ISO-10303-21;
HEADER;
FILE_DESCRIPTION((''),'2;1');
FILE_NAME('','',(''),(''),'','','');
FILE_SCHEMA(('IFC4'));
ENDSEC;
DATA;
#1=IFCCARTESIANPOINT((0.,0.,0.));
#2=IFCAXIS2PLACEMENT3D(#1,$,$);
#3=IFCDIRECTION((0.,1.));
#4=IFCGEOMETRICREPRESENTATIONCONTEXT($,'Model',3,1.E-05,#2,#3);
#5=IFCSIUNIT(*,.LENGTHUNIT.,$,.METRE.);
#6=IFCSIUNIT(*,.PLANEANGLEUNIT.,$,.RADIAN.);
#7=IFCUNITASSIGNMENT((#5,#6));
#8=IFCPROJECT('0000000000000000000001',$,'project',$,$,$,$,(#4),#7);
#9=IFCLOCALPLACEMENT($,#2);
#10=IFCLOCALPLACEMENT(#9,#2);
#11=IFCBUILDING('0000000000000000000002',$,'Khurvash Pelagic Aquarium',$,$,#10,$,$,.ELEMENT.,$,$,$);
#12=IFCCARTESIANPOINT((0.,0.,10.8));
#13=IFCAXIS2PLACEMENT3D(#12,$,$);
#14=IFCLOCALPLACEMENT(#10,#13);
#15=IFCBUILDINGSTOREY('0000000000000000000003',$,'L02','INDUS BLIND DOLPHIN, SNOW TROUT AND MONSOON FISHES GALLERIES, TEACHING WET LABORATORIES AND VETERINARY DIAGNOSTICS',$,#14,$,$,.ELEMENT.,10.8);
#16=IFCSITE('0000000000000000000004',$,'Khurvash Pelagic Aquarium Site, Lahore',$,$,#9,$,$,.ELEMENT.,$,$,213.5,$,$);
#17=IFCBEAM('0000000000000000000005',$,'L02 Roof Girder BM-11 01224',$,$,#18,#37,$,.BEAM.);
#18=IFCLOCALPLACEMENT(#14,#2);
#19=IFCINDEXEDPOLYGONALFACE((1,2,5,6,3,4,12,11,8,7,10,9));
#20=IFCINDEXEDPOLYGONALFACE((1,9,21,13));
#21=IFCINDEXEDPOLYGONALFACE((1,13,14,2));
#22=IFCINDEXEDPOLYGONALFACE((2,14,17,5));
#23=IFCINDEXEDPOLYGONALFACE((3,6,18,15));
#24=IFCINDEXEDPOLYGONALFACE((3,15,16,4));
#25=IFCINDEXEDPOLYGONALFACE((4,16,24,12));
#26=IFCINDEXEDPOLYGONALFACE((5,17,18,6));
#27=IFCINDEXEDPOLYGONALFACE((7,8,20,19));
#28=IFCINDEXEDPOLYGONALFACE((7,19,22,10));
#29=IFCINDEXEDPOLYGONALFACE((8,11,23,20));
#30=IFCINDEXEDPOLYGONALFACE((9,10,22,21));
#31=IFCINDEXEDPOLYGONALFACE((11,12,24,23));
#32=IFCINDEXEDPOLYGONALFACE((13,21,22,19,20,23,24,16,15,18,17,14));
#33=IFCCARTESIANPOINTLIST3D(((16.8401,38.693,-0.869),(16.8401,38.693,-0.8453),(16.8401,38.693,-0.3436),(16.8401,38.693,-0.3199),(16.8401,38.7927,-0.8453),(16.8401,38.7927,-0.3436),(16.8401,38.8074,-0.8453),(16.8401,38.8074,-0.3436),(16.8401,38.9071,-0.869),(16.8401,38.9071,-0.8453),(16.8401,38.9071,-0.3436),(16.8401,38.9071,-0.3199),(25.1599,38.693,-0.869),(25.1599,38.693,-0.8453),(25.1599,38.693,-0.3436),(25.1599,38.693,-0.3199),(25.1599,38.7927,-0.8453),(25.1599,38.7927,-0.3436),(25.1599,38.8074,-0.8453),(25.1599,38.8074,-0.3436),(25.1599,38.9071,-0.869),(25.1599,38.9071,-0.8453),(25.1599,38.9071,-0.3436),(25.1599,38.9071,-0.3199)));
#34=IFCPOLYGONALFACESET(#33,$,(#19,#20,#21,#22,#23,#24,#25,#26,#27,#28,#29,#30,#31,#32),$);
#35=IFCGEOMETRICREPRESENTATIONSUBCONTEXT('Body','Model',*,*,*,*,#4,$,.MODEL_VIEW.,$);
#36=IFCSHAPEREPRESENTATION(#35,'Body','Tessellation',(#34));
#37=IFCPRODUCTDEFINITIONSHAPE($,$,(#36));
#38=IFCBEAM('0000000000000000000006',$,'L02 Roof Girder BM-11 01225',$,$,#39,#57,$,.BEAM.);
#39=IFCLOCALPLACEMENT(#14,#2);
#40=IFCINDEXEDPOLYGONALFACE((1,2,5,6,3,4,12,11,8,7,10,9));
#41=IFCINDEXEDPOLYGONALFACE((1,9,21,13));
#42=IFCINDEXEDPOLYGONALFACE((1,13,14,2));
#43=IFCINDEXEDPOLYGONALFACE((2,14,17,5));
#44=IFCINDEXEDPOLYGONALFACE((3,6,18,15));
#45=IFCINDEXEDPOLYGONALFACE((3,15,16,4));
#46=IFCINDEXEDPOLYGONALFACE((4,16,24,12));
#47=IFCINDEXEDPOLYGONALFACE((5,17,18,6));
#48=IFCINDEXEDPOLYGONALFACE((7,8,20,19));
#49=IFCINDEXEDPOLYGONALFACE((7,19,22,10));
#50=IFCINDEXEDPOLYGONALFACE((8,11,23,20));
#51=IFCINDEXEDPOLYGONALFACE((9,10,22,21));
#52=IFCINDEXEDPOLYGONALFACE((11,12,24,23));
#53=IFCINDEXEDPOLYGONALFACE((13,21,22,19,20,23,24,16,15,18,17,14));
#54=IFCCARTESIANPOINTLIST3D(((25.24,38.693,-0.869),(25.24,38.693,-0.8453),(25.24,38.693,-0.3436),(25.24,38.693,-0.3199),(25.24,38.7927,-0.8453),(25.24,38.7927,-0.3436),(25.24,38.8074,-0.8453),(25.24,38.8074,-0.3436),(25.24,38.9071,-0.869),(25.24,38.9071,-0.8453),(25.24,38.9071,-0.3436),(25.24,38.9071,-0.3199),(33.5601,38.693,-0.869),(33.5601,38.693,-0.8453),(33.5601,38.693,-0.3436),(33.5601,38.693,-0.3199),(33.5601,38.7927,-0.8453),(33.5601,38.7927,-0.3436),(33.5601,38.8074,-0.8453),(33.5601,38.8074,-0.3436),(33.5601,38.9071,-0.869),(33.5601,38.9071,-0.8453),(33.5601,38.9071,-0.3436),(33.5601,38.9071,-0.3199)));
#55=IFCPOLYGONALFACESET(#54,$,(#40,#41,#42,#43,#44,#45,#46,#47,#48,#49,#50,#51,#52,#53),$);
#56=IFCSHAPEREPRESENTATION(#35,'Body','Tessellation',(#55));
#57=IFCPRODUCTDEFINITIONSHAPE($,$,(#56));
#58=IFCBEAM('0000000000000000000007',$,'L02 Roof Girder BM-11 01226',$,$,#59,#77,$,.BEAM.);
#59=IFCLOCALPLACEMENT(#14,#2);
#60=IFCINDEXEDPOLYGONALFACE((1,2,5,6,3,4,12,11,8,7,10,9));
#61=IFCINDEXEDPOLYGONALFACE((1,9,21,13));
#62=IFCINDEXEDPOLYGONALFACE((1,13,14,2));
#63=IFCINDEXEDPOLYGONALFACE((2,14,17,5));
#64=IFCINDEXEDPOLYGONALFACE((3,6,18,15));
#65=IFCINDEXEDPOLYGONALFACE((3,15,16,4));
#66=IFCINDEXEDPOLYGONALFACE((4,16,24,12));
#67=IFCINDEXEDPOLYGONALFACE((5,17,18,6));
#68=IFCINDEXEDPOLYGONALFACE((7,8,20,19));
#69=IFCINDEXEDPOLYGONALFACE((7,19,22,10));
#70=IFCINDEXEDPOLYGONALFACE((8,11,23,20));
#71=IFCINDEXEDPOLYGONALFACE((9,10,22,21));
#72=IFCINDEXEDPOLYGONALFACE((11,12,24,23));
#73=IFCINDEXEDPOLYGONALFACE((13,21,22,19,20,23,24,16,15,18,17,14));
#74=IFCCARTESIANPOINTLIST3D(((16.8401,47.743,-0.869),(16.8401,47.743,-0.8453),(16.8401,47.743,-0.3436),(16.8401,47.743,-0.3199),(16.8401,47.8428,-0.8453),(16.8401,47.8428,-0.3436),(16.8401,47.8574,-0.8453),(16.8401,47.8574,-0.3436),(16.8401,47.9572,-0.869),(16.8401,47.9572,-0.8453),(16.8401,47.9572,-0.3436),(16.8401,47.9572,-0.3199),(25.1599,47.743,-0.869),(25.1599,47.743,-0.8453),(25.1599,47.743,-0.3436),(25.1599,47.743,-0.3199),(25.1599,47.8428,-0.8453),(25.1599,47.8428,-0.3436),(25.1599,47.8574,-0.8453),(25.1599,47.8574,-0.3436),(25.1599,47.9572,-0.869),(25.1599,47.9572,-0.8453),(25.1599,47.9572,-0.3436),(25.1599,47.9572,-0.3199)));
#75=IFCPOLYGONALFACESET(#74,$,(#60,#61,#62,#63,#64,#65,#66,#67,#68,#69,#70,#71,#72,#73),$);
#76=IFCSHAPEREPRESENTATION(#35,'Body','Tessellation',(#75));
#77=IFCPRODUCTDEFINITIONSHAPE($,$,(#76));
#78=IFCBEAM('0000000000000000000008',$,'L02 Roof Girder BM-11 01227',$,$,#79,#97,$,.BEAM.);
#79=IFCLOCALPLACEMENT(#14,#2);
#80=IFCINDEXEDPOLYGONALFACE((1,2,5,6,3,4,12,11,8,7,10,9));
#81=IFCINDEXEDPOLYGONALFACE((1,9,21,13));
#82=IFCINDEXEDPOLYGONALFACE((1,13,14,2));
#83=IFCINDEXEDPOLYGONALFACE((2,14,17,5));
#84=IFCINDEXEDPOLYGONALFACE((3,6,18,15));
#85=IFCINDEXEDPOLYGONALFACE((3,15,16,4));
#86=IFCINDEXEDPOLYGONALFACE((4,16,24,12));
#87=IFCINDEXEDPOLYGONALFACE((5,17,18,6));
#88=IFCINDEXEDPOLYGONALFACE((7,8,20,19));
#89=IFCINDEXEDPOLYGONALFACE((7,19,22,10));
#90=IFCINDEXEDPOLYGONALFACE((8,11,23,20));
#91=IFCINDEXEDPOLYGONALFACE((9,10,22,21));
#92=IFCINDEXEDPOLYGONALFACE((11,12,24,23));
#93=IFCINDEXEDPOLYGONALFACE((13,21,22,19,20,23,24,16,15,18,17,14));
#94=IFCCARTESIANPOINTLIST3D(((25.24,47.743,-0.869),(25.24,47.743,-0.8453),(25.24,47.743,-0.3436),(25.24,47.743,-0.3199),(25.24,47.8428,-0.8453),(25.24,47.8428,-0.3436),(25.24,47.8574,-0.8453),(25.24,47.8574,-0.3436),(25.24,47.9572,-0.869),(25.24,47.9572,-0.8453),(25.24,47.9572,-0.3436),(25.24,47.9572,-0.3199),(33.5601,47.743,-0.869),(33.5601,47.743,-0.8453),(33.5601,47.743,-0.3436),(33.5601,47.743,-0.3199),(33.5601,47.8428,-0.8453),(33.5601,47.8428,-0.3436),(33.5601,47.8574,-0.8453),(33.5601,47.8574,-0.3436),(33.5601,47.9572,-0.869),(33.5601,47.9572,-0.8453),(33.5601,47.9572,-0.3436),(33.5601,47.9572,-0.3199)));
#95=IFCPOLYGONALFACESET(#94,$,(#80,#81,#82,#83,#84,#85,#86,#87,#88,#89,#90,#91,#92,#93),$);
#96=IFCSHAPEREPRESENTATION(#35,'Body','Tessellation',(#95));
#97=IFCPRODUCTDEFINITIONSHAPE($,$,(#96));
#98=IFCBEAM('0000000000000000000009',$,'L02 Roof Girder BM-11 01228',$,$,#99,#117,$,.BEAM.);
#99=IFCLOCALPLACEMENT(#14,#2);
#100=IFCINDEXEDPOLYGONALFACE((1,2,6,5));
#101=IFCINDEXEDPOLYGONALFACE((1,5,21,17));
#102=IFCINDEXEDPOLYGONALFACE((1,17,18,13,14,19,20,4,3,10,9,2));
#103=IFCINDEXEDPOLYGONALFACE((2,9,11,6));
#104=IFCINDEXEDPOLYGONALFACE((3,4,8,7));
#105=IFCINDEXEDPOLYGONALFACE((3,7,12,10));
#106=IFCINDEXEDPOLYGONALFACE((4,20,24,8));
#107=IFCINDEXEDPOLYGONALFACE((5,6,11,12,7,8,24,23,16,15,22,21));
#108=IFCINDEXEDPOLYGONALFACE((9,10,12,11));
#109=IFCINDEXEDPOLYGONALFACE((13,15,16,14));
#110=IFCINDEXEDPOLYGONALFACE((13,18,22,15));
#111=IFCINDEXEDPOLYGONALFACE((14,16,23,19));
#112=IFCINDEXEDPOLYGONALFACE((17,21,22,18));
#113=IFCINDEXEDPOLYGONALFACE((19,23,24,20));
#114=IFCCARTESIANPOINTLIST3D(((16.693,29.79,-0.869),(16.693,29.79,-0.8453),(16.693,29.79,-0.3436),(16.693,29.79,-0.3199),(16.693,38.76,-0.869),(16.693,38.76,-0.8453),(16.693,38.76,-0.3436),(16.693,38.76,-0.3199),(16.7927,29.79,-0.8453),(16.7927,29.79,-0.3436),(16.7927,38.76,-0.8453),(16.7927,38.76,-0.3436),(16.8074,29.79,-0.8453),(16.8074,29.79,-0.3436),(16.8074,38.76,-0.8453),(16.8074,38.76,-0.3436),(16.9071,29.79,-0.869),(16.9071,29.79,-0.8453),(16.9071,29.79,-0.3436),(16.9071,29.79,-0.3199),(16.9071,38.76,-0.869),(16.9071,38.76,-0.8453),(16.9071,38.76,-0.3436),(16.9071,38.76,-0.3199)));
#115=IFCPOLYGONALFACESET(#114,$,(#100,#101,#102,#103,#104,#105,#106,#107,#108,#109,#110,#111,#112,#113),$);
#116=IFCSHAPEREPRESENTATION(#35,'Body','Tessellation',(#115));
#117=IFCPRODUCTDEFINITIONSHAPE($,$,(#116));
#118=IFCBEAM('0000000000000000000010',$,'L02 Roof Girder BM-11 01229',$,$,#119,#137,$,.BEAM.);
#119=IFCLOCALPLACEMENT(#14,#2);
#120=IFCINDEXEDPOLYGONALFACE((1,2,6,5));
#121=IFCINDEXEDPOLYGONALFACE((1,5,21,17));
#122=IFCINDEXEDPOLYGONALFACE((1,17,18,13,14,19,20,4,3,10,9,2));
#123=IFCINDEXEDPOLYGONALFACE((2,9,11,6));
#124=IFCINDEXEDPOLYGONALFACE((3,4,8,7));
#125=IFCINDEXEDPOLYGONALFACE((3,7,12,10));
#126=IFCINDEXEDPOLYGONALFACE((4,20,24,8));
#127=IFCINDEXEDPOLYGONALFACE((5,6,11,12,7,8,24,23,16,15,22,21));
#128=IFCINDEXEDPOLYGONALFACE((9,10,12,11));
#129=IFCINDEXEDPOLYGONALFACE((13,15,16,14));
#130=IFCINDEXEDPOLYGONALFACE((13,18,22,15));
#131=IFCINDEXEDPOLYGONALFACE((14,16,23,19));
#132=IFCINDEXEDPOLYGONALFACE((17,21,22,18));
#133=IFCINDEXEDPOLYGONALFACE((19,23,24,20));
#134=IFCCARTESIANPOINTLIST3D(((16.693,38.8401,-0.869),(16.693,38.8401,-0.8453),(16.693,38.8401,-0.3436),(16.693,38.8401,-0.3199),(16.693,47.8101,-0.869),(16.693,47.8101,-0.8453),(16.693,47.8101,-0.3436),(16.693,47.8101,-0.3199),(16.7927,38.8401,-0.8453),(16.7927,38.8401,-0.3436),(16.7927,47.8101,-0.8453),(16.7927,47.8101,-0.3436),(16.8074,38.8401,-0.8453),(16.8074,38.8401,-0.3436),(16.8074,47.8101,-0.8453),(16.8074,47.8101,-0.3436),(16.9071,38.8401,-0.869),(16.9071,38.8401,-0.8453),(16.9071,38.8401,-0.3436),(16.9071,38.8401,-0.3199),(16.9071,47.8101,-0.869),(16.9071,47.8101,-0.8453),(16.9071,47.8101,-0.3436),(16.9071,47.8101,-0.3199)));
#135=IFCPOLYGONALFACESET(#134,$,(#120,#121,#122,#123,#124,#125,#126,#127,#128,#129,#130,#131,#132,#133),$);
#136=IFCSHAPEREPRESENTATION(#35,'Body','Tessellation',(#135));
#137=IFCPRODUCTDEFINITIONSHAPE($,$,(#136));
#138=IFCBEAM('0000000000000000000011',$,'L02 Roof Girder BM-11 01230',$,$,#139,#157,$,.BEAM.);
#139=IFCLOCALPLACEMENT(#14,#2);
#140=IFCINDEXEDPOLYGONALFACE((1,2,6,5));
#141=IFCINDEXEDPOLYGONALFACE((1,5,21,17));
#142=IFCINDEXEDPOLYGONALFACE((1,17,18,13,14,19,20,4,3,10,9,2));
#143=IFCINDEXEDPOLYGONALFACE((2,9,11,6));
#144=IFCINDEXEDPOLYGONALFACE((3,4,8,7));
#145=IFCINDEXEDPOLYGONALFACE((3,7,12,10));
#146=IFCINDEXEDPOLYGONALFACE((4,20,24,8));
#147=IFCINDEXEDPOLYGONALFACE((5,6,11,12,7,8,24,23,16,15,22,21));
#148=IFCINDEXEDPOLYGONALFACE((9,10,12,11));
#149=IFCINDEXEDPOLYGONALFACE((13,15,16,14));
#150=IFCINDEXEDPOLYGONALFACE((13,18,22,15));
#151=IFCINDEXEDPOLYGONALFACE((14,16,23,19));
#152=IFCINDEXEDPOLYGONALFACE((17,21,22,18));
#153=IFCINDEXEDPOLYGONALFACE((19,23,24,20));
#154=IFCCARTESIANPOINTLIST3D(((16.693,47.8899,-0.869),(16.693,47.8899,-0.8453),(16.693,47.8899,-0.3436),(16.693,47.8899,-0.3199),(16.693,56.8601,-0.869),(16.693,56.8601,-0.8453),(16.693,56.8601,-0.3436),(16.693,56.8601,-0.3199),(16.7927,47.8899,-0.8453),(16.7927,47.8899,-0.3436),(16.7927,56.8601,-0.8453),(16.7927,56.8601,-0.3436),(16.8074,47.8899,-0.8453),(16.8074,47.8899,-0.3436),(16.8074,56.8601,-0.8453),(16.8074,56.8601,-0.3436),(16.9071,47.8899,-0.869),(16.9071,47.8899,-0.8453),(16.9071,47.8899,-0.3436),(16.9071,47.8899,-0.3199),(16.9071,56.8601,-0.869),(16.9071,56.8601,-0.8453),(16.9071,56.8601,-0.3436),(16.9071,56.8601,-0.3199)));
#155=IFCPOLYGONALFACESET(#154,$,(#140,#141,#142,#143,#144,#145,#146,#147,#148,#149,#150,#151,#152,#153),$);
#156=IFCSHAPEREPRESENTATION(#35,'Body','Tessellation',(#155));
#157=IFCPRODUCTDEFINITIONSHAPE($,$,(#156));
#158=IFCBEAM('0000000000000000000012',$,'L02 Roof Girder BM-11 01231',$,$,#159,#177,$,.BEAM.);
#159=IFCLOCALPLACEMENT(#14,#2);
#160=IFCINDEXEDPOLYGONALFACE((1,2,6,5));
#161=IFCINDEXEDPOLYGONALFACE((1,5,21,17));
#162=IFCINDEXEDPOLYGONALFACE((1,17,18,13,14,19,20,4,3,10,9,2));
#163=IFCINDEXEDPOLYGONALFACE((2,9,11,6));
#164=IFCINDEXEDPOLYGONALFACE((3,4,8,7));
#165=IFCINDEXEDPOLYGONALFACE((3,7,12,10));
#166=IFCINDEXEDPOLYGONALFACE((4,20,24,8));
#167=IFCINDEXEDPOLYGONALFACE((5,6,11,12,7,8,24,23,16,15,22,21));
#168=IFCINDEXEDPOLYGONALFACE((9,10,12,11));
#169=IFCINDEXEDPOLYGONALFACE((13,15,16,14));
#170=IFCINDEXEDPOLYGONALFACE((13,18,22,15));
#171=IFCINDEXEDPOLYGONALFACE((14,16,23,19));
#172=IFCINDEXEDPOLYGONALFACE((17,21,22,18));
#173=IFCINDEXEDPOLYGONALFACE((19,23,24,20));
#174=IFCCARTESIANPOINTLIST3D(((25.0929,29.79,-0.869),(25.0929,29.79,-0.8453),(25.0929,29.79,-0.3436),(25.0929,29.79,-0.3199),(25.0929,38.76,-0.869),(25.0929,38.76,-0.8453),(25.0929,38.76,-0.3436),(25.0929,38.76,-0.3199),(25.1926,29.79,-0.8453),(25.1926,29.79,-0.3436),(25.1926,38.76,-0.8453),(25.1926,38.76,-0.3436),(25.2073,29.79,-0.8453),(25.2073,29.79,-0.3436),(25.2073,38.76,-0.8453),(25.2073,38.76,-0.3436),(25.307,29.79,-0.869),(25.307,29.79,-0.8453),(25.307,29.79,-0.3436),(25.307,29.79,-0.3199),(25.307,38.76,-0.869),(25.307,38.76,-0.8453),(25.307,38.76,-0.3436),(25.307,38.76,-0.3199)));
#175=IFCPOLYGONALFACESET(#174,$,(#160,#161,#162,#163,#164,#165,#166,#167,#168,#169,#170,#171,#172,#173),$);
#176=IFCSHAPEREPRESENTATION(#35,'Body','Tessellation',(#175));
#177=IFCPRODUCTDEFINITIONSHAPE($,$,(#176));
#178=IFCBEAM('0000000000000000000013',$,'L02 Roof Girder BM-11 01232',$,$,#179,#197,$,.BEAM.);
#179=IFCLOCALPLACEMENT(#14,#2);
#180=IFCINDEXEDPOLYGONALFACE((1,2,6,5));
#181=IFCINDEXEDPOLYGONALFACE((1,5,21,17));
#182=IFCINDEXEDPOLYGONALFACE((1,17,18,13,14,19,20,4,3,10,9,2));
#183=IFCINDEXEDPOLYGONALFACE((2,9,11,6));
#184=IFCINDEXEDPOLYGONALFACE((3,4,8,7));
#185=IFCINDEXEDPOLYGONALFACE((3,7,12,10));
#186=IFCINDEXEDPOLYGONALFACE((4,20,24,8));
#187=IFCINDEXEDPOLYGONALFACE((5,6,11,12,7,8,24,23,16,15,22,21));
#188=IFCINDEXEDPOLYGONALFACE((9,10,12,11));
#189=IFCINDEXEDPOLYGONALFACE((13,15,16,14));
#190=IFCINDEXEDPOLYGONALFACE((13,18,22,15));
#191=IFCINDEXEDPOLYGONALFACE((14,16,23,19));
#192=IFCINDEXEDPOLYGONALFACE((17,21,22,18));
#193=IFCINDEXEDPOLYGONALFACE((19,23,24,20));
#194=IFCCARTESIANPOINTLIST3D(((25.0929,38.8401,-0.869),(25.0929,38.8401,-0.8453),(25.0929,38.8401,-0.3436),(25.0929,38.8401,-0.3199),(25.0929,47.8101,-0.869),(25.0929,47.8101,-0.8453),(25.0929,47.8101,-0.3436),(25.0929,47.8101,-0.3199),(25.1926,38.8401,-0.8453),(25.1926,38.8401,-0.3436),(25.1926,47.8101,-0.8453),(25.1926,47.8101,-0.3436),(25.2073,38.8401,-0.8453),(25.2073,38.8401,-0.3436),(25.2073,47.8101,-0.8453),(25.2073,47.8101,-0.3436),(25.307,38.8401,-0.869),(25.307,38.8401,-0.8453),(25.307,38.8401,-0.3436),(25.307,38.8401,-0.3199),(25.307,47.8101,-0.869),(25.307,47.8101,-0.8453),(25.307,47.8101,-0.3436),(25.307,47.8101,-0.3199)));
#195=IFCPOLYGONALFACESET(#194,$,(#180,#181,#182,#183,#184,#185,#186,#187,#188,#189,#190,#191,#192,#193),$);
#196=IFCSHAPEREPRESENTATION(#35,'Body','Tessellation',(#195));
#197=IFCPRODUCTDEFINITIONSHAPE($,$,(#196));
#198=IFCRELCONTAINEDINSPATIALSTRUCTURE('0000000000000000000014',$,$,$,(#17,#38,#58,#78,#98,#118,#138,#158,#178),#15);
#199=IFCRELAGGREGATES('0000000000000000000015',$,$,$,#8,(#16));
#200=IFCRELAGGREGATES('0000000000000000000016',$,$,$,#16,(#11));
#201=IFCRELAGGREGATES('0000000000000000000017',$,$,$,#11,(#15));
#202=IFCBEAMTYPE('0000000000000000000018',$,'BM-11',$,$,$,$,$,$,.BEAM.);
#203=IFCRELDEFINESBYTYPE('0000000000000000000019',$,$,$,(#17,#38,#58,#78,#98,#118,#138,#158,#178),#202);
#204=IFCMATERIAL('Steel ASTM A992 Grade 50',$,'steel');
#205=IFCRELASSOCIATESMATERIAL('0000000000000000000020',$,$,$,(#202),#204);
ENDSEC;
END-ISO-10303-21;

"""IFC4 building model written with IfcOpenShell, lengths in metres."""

from ifc_helpers import new_model, si_unit, direction, frame, origin, origin_2d, place, context, subcontext, project, spatial, i_section, extrude, material, material_profile, profile_set, type_object, element, save


model = new_model("IFC4")

# Units and contexts
model_context = context("Model", 3, precision=1e-05, world=origin(), true_north=direction((0.0, 1.0)))
body_context = subcontext(model_context, "Body", "Model", "MODEL_VIEW")
ifc_project = project(units=[si_unit("LENGTHUNIT", "METRE"), si_unit("PLANEANGLEUNIT", "RADIAN")], contexts=[model_context])

# Site, building, storey
site_placement = place(None, origin())
site = spatial("IfcSite", under=ifc_project, at=site_placement, Name="Khurvash Pelagic Aquarium Site, Lahore", CompositionType="ELEMENT", RefElevation=213.5)
building_placement = place(site_placement, origin())
building = spatial("IfcBuilding", under=site, at=building_placement, Name="Khurvash Pelagic Aquarium", CompositionType="ELEMENT")
storey_placement = place(building_placement, frame((0.0, 0.0, 10.8)))
storey = spatial("IfcBuildingStorey", under=building, at=storey_placement, Name="L02", Description="INDUS BLIND DOLPHIN, SNOW TROUT AND MONSOON FISHES GALLERIES, TEACHING WET LABORATORIES AND VETERINARY DIAGNOSTICS", CompositionType="ELEMENT", Elevation=10.8)

# Beams
ifc_material_1 = material(Name="Steel ASTM A992 Grade 50", Category="steel")
ifc_material_profile_1 = material_profile(ifc_material_1, i_section(OverallWidth=0.2141, OverallDepth=0.5491, WebThickness=0.0146, FlangeThickness=0.0237, at=origin_2d()), Name="W21X93")
ifc_profile_set_1 = profile_set([ifc_material_profile_1], Name="Steel ASTM A992 Grade 50")
beam_type = type_object("IfcBeamType", Name="BM-11", PredefinedType="BEAM", material=ifc_profile_set_1)
beam_1_placement = place(storey_placement, frame((16.8401, 38.8, -0.5945), z_axis=(1.0, 0.0, 0.0), x_axis=(0.0, 1.0, 0.0)))
element("IfcBeam", 1, at=beam_1_placement, inside=storey, type_object=beam_type, Name="L02 Roof Girder BM-11 01224", PredefinedType="BEAM", context=body_context, shape_type="SweptSolid", body=[
    extrude(i_section(OverallWidth=0.2141, OverallDepth=0.5491, WebThickness=0.0146, FlangeThickness=0.0237, at=origin_2d()), origin(), (0.0, 0.0, 1.0), 8.3198),
])
beam_2_placement = place(storey_placement, frame((25.24, 38.8, -0.5945), z_axis=(1.0, 0.0, 0.0), x_axis=(0.0, 1.0, 0.0)))
element("IfcBeam", 2, at=beam_2_placement, inside=storey, type_object=beam_type, Name="L02 Roof Girder BM-11 01225", PredefinedType="BEAM", context=body_context, shape_type="SweptSolid", body=[
    extrude(i_section(OverallWidth=0.2141, OverallDepth=0.5491, WebThickness=0.0146, FlangeThickness=0.0237, at=origin_2d()), origin(), (0.0, 0.0, 1.0), 8.3201),
])
beam_3_placement = place(storey_placement, frame((16.8401, 47.8501, -0.5945), z_axis=(1.0, 0.0, 0.0), x_axis=(0.0, 1.0, 0.0)))
element("IfcBeam", 3, at=beam_3_placement, inside=storey, type_object=beam_type, Name="L02 Roof Girder BM-11 01226", PredefinedType="BEAM", context=body_context, shape_type="SweptSolid", body=[
    extrude(i_section(OverallWidth=0.2141, OverallDepth=0.5491, WebThickness=0.0146, FlangeThickness=0.0237, at=origin_2d()), origin(), (0.0, 0.0, 1.0), 8.3198),
])
beam_4_placement = place(storey_placement, frame((25.24, 47.8501, -0.5945), z_axis=(1.0, 0.0, 0.0), x_axis=(0.0, 1.0, 0.0)))
element("IfcBeam", 4, at=beam_4_placement, inside=storey, type_object=beam_type, Name="L02 Roof Girder BM-11 01227", PredefinedType="BEAM", context=body_context, shape_type="SweptSolid", body=[
    extrude(i_section(OverallWidth=0.2141, OverallDepth=0.5491, WebThickness=0.0146, FlangeThickness=0.0237, at=origin_2d()), origin(), (0.0, 0.0, 1.0), 8.3201),
])
for number, where, z_axis, x_axis, name in (
    (5, (16.8, 29.79, -0.5945), (0.0, 1.0, 0.0), (-1.0, 0.0, 0.0), "L02 Roof Girder BM-11 01228"),
    (6, (16.8, 38.8401, -0.5945), (0.0, 1.0, 0.0), (-1.0, 0.0, 0.0), "L02 Roof Girder BM-11 01229"),
):
    element("IfcBeam", number, at=place(storey_placement, frame(where, z_axis=z_axis, x_axis=x_axis)), inside=storey, type_object=beam_type, Name=name, PredefinedType="BEAM", context=body_context, shape_type="SweptSolid", body=[
        extrude(i_section(OverallWidth=0.2141, OverallDepth=0.5491, WebThickness=0.0146, FlangeThickness=0.0237, at=origin_2d()), origin(), (0.0, 0.0, 1.0), 8.97),
    ])
beam_5_placement = place(storey_placement, frame((16.8, 47.8899, -0.5945), z_axis=(0.0, 1.0, 0.0), x_axis=(-1.0, 0.0, 0.0)))
element("IfcBeam", 7, at=beam_5_placement, inside=storey, type_object=beam_type, Name="L02 Roof Girder BM-11 01230", PredefinedType="BEAM", context=body_context, shape_type="SweptSolid", body=[
    extrude(i_section(OverallWidth=0.2141, OverallDepth=0.5491, WebThickness=0.0146, FlangeThickness=0.0237, at=origin_2d()), origin(), (0.0, 0.0, 1.0), 8.9702),
])
for number, where, z_axis, x_axis, name in (
    (8, (25.2, 29.79, -0.5945), (0.0, 1.0, 0.0), (-1.0, 0.0, 0.0), "L02 Roof Girder BM-11 01231"),
    (9, (25.2, 38.8401, -0.5945), (0.0, 1.0, 0.0), (-1.0, 0.0, 0.0), "L02 Roof Girder BM-11 01232"),
):
    element("IfcBeam", number, at=place(storey_placement, frame(where, z_axis=z_axis, x_axis=x_axis)), inside=storey, type_object=beam_type, Name=name, PredefinedType="BEAM", context=body_context, shape_type="SweptSolid", body=[
        extrude(i_section(OverallWidth=0.2141, OverallDepth=0.5491, WebThickness=0.0146, FlangeThickness=0.0237, at=origin_2d()), origin(), (0.0, 0.0, 1.0), 8.97),
    ])

save(model, "model.ifc")
